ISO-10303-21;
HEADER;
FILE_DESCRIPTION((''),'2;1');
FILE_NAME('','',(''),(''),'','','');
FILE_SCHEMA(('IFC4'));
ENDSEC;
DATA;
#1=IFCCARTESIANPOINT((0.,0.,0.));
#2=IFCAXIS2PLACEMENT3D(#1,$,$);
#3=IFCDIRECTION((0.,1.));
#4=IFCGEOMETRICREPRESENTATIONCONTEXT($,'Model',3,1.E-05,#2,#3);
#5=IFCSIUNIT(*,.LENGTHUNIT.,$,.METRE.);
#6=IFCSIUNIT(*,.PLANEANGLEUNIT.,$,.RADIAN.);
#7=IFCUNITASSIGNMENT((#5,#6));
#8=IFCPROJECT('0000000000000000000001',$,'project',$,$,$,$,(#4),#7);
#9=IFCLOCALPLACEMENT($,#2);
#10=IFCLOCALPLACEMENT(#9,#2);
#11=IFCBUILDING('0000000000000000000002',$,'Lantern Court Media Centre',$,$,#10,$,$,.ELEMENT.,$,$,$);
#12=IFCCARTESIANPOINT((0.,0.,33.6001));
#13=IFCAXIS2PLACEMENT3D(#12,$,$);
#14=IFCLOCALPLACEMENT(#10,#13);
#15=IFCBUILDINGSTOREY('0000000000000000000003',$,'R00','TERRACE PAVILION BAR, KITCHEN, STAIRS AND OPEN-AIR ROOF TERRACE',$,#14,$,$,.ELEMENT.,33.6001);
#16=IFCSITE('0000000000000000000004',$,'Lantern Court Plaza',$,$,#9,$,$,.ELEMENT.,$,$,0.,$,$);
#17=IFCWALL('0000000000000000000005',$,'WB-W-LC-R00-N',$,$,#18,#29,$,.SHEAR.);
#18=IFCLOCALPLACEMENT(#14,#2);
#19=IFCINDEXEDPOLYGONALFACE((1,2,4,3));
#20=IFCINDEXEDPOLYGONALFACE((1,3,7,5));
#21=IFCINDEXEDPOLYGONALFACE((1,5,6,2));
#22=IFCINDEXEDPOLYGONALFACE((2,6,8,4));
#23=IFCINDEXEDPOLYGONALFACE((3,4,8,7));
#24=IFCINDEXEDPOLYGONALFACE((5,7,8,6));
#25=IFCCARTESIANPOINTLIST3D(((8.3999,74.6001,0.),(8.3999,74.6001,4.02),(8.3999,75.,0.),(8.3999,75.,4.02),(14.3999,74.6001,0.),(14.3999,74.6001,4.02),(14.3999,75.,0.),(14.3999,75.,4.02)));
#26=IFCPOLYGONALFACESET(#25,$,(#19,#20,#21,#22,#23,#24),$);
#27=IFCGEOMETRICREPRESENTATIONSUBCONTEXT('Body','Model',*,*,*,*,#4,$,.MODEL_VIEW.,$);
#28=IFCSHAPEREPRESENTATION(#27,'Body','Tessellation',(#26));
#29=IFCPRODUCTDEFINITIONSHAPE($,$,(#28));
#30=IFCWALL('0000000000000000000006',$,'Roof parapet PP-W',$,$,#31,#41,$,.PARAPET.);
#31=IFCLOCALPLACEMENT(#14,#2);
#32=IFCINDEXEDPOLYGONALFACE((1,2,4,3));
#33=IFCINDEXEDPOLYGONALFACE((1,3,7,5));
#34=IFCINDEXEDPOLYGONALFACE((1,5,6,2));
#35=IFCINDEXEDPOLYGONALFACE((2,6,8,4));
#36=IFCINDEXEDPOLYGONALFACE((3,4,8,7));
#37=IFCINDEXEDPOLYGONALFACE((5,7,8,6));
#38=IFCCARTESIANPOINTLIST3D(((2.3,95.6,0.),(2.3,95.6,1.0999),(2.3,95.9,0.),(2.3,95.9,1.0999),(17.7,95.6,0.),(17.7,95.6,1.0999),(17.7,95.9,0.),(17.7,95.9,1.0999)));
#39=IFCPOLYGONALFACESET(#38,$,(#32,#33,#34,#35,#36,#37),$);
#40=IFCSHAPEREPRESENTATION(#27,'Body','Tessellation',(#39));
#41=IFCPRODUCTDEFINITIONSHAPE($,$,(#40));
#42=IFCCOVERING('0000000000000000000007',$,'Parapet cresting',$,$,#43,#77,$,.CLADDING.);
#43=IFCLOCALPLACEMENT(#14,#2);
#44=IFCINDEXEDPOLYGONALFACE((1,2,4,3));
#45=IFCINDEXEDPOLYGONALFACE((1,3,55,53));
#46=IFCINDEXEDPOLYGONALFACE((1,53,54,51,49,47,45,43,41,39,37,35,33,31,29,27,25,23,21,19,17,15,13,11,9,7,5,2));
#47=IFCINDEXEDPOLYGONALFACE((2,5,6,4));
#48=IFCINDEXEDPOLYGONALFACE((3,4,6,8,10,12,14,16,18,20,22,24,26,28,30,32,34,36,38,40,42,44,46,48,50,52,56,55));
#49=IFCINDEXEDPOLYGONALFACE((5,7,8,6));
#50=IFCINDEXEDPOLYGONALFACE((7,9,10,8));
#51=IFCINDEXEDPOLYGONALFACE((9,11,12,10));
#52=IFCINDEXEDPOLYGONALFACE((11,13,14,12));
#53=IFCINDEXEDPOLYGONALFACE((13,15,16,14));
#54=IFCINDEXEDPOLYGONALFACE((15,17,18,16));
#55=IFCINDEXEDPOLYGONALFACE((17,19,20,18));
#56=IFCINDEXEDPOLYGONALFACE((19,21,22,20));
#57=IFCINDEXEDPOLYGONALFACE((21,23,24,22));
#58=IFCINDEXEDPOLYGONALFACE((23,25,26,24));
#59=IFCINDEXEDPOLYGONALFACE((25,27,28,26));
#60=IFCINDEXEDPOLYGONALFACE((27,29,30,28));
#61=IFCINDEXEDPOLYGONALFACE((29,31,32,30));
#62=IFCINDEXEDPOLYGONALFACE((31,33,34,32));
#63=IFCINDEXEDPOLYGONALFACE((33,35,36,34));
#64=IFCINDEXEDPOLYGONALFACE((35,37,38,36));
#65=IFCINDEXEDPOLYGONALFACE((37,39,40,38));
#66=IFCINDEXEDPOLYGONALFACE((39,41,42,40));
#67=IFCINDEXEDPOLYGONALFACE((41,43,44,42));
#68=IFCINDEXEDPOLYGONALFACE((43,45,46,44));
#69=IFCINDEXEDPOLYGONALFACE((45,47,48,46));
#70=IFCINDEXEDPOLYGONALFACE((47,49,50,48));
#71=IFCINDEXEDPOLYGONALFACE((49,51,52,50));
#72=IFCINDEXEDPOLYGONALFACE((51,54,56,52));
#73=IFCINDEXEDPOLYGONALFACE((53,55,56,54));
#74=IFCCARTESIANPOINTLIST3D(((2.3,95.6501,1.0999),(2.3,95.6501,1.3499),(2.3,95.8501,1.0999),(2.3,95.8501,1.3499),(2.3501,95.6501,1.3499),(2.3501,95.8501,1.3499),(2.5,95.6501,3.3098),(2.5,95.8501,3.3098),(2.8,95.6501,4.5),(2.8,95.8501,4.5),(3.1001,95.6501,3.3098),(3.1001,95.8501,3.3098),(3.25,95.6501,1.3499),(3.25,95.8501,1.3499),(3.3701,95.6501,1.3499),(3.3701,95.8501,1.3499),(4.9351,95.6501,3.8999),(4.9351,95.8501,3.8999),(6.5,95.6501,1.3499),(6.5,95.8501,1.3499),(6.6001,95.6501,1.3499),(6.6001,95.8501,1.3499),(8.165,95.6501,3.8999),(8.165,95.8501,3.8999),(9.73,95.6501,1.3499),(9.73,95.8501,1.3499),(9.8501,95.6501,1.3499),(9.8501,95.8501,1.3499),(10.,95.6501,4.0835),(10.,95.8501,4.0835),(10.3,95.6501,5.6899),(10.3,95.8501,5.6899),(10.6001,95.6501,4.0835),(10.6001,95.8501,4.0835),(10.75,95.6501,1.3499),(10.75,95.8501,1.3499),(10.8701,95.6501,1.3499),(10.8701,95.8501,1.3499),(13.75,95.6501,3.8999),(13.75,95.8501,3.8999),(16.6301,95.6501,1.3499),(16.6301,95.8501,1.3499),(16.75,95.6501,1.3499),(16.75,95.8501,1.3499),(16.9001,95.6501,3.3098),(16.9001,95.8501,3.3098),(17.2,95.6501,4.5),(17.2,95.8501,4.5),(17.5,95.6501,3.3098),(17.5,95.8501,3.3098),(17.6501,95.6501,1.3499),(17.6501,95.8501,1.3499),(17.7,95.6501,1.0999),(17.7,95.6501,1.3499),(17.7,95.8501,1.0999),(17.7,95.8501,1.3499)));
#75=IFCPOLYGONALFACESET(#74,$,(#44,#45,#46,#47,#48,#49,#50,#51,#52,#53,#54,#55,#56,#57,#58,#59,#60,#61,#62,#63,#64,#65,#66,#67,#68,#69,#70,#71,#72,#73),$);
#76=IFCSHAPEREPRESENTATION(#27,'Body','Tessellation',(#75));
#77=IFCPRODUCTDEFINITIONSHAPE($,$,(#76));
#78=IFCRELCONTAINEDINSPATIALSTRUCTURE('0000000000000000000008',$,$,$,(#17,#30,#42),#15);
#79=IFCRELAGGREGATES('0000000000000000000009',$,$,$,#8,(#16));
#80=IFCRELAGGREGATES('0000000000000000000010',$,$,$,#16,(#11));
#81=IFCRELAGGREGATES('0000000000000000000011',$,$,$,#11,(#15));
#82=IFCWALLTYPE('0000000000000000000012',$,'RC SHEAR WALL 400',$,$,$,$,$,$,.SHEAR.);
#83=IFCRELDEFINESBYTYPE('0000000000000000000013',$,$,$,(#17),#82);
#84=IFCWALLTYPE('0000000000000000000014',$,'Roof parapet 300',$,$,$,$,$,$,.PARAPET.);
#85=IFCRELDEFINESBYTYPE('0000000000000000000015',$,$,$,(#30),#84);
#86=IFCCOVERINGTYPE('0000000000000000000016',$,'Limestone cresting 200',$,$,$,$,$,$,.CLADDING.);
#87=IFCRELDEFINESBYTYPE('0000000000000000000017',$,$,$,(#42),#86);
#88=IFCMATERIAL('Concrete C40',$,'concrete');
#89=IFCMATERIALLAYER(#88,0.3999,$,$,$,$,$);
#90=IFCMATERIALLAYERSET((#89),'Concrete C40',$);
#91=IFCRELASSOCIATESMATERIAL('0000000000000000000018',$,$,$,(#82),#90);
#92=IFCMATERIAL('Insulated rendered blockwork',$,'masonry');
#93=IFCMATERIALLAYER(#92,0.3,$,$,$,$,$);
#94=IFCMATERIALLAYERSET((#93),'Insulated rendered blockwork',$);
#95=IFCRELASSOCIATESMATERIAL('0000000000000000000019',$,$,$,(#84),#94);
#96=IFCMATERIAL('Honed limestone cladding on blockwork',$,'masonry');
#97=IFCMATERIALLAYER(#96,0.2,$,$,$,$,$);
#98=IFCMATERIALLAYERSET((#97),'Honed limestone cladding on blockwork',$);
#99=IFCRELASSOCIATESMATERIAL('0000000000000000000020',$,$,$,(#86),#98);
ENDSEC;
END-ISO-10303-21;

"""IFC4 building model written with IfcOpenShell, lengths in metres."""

from ifc_helpers import new_model, si_unit, direction, frame, frame_2d, origin, place, context, subcontext, project, spatial, polyline, rectangle, outline, extrude, material, layer, layer_set, type_object, element, save


model = new_model("IFC4")

# Units and contexts
model_context = context("Model", 3, precision=1e-05, world=origin(), true_north=direction((0.0, 1.0)))
body_context = subcontext(model_context, "Body", "Model", "MODEL_VIEW")
ifc_project = project(units=[si_unit("LENGTHUNIT", "METRE"), si_unit("PLANEANGLEUNIT", "RADIAN")], contexts=[model_context])

# Site, building, storey
site_placement = place(None, origin())
site = spatial("IfcSite", under=ifc_project, at=site_placement, Name="Lantern Court Plaza", CompositionType="ELEMENT", RefElevation=0.0)
building_placement = place(site_placement, origin())
building = spatial("IfcBuilding", under=site, at=building_placement, Name="Lantern Court Media Centre", CompositionType="ELEMENT")
storey_placement = place(building_placement, frame((0.0, 0.0, 33.6001)))
storey = spatial("IfcBuildingStorey", under=building, at=storey_placement, Name="R00", Description="TERRACE PAVILION BAR, KITCHEN, STAIRS AND OPEN-AIR ROOF TERRACE", CompositionType="ELEMENT", Elevation=33.6001)

# Walls
ifc_material_1 = material(Name="Concrete C40", Category="concrete")
ifc_layer_1 = layer(ifc_material_1, 0.3999)
ifc_layer_set_1 = layer_set([ifc_layer_1], Name="Concrete C40")
wall_type_1 = type_object("IfcWallType", Name="RC SHEAR WALL 400", PredefinedType="SHEAR", material=ifc_layer_set_1)
wall_1_placement = place(storey_placement, frame((8.3999, 74.8, 0.0), z_axis=(0.0, 0.0, 1.0), x_axis=(1.0, 0.0, 0.0)))
element("IfcWall", 1, at=wall_1_placement, inside=storey, type_object=wall_type_1, Name="WB-W-LC-R00-N", PredefinedType="SHEAR", context=body_context, shape_type="SweptSolid", body=[
    extrude(rectangle(XDim=6.0, YDim=0.3999, at=frame_2d((3.0, 0.0))), origin(), (0.0, 0.0, 1.0), 4.02),
])
ifc_material_2 = material(Name="Insulated rendered blockwork", Category="masonry")
ifc_layer_2 = layer(ifc_material_2, 0.3)
ifc_layer_set_2 = layer_set([ifc_layer_2], Name="Insulated rendered blockwork")
wall_type_2 = type_object("IfcWallType", Name="Roof parapet 300", PredefinedType="PARAPET", material=ifc_layer_set_2)
wall_2_placement = place(storey_placement, frame((2.3, 95.75, 0.0), z_axis=(0.0, 0.0, 1.0), x_axis=(1.0, 0.0, 0.0)))
element("IfcWall", 2, at=wall_2_placement, inside=storey, type_object=wall_type_2, Name="Roof parapet PP-W", PredefinedType="PARAPET", context=body_context, shape_type="SweptSolid", body=[
    extrude(rectangle(XDim=15.3999, YDim=0.3, at=frame_2d((7.7, 0.0))), origin(), (0.0, 0.0, 1.0), 1.0999),
])

# Covering
ifc_material_3 = material(Name="Honed limestone cladding on blockwork", Category="masonry")
ifc_layer_3 = layer(ifc_material_3, 0.2)
ifc_layer_set_3 = layer_set([ifc_layer_3], Name="Honed limestone cladding on blockwork")
covering_type = type_object("IfcCoveringType", Name="Limestone cresting 200", PredefinedType="CLADDING", material=ifc_layer_set_3)
covering_placement = place(storey_placement, frame((2.3, 95.75, 1.0999), z_axis=(0.0, 0.0, 1.0), x_axis=(1.0, 0.0, 0.0)))
element("IfcCovering", 3, at=covering_placement, inside=storey, type_object=covering_type, Name="Parapet cresting", PredefinedType="CLADDING", context=body_context, shape_type="SweptSolid", body=[
    extrude(outline(polyline([(0.0, 0.0), (15.3999, 0.0), (15.3999, 0.25), (15.3501, 0.25), (15.2, 2.21), (14.8999, 3.4001), (14.6001, 2.21), (14.45, 0.25), (14.3301, 0.25), (11.45, 2.8), (8.5701, 0.25), (8.45, 0.25), (8.3, 2.9836), (8.0, 4.5901), (7.7, 2.9836), (7.55, 0.25), (7.4299, 0.25), (5.865, 2.8), (4.3, 0.25), (4.2, 0.25), (2.635, 2.8), (1.0701, 0.25), (0.95, 0.25), (0.8, 2.21), (0.5, 3.4001), (0.2, 2.21), (0.05, 0.25), (0.0, 0.25), (0.0, 0.0)])), frame((0.0, 0.1001, 0.0), z_axis=(0.0, -1.0, 0.0), x_axis=(1.0, 0.0, 0.0)), (0.0, 0.0, 1.0), 0.2),
])

save(model, "model.ifc")
